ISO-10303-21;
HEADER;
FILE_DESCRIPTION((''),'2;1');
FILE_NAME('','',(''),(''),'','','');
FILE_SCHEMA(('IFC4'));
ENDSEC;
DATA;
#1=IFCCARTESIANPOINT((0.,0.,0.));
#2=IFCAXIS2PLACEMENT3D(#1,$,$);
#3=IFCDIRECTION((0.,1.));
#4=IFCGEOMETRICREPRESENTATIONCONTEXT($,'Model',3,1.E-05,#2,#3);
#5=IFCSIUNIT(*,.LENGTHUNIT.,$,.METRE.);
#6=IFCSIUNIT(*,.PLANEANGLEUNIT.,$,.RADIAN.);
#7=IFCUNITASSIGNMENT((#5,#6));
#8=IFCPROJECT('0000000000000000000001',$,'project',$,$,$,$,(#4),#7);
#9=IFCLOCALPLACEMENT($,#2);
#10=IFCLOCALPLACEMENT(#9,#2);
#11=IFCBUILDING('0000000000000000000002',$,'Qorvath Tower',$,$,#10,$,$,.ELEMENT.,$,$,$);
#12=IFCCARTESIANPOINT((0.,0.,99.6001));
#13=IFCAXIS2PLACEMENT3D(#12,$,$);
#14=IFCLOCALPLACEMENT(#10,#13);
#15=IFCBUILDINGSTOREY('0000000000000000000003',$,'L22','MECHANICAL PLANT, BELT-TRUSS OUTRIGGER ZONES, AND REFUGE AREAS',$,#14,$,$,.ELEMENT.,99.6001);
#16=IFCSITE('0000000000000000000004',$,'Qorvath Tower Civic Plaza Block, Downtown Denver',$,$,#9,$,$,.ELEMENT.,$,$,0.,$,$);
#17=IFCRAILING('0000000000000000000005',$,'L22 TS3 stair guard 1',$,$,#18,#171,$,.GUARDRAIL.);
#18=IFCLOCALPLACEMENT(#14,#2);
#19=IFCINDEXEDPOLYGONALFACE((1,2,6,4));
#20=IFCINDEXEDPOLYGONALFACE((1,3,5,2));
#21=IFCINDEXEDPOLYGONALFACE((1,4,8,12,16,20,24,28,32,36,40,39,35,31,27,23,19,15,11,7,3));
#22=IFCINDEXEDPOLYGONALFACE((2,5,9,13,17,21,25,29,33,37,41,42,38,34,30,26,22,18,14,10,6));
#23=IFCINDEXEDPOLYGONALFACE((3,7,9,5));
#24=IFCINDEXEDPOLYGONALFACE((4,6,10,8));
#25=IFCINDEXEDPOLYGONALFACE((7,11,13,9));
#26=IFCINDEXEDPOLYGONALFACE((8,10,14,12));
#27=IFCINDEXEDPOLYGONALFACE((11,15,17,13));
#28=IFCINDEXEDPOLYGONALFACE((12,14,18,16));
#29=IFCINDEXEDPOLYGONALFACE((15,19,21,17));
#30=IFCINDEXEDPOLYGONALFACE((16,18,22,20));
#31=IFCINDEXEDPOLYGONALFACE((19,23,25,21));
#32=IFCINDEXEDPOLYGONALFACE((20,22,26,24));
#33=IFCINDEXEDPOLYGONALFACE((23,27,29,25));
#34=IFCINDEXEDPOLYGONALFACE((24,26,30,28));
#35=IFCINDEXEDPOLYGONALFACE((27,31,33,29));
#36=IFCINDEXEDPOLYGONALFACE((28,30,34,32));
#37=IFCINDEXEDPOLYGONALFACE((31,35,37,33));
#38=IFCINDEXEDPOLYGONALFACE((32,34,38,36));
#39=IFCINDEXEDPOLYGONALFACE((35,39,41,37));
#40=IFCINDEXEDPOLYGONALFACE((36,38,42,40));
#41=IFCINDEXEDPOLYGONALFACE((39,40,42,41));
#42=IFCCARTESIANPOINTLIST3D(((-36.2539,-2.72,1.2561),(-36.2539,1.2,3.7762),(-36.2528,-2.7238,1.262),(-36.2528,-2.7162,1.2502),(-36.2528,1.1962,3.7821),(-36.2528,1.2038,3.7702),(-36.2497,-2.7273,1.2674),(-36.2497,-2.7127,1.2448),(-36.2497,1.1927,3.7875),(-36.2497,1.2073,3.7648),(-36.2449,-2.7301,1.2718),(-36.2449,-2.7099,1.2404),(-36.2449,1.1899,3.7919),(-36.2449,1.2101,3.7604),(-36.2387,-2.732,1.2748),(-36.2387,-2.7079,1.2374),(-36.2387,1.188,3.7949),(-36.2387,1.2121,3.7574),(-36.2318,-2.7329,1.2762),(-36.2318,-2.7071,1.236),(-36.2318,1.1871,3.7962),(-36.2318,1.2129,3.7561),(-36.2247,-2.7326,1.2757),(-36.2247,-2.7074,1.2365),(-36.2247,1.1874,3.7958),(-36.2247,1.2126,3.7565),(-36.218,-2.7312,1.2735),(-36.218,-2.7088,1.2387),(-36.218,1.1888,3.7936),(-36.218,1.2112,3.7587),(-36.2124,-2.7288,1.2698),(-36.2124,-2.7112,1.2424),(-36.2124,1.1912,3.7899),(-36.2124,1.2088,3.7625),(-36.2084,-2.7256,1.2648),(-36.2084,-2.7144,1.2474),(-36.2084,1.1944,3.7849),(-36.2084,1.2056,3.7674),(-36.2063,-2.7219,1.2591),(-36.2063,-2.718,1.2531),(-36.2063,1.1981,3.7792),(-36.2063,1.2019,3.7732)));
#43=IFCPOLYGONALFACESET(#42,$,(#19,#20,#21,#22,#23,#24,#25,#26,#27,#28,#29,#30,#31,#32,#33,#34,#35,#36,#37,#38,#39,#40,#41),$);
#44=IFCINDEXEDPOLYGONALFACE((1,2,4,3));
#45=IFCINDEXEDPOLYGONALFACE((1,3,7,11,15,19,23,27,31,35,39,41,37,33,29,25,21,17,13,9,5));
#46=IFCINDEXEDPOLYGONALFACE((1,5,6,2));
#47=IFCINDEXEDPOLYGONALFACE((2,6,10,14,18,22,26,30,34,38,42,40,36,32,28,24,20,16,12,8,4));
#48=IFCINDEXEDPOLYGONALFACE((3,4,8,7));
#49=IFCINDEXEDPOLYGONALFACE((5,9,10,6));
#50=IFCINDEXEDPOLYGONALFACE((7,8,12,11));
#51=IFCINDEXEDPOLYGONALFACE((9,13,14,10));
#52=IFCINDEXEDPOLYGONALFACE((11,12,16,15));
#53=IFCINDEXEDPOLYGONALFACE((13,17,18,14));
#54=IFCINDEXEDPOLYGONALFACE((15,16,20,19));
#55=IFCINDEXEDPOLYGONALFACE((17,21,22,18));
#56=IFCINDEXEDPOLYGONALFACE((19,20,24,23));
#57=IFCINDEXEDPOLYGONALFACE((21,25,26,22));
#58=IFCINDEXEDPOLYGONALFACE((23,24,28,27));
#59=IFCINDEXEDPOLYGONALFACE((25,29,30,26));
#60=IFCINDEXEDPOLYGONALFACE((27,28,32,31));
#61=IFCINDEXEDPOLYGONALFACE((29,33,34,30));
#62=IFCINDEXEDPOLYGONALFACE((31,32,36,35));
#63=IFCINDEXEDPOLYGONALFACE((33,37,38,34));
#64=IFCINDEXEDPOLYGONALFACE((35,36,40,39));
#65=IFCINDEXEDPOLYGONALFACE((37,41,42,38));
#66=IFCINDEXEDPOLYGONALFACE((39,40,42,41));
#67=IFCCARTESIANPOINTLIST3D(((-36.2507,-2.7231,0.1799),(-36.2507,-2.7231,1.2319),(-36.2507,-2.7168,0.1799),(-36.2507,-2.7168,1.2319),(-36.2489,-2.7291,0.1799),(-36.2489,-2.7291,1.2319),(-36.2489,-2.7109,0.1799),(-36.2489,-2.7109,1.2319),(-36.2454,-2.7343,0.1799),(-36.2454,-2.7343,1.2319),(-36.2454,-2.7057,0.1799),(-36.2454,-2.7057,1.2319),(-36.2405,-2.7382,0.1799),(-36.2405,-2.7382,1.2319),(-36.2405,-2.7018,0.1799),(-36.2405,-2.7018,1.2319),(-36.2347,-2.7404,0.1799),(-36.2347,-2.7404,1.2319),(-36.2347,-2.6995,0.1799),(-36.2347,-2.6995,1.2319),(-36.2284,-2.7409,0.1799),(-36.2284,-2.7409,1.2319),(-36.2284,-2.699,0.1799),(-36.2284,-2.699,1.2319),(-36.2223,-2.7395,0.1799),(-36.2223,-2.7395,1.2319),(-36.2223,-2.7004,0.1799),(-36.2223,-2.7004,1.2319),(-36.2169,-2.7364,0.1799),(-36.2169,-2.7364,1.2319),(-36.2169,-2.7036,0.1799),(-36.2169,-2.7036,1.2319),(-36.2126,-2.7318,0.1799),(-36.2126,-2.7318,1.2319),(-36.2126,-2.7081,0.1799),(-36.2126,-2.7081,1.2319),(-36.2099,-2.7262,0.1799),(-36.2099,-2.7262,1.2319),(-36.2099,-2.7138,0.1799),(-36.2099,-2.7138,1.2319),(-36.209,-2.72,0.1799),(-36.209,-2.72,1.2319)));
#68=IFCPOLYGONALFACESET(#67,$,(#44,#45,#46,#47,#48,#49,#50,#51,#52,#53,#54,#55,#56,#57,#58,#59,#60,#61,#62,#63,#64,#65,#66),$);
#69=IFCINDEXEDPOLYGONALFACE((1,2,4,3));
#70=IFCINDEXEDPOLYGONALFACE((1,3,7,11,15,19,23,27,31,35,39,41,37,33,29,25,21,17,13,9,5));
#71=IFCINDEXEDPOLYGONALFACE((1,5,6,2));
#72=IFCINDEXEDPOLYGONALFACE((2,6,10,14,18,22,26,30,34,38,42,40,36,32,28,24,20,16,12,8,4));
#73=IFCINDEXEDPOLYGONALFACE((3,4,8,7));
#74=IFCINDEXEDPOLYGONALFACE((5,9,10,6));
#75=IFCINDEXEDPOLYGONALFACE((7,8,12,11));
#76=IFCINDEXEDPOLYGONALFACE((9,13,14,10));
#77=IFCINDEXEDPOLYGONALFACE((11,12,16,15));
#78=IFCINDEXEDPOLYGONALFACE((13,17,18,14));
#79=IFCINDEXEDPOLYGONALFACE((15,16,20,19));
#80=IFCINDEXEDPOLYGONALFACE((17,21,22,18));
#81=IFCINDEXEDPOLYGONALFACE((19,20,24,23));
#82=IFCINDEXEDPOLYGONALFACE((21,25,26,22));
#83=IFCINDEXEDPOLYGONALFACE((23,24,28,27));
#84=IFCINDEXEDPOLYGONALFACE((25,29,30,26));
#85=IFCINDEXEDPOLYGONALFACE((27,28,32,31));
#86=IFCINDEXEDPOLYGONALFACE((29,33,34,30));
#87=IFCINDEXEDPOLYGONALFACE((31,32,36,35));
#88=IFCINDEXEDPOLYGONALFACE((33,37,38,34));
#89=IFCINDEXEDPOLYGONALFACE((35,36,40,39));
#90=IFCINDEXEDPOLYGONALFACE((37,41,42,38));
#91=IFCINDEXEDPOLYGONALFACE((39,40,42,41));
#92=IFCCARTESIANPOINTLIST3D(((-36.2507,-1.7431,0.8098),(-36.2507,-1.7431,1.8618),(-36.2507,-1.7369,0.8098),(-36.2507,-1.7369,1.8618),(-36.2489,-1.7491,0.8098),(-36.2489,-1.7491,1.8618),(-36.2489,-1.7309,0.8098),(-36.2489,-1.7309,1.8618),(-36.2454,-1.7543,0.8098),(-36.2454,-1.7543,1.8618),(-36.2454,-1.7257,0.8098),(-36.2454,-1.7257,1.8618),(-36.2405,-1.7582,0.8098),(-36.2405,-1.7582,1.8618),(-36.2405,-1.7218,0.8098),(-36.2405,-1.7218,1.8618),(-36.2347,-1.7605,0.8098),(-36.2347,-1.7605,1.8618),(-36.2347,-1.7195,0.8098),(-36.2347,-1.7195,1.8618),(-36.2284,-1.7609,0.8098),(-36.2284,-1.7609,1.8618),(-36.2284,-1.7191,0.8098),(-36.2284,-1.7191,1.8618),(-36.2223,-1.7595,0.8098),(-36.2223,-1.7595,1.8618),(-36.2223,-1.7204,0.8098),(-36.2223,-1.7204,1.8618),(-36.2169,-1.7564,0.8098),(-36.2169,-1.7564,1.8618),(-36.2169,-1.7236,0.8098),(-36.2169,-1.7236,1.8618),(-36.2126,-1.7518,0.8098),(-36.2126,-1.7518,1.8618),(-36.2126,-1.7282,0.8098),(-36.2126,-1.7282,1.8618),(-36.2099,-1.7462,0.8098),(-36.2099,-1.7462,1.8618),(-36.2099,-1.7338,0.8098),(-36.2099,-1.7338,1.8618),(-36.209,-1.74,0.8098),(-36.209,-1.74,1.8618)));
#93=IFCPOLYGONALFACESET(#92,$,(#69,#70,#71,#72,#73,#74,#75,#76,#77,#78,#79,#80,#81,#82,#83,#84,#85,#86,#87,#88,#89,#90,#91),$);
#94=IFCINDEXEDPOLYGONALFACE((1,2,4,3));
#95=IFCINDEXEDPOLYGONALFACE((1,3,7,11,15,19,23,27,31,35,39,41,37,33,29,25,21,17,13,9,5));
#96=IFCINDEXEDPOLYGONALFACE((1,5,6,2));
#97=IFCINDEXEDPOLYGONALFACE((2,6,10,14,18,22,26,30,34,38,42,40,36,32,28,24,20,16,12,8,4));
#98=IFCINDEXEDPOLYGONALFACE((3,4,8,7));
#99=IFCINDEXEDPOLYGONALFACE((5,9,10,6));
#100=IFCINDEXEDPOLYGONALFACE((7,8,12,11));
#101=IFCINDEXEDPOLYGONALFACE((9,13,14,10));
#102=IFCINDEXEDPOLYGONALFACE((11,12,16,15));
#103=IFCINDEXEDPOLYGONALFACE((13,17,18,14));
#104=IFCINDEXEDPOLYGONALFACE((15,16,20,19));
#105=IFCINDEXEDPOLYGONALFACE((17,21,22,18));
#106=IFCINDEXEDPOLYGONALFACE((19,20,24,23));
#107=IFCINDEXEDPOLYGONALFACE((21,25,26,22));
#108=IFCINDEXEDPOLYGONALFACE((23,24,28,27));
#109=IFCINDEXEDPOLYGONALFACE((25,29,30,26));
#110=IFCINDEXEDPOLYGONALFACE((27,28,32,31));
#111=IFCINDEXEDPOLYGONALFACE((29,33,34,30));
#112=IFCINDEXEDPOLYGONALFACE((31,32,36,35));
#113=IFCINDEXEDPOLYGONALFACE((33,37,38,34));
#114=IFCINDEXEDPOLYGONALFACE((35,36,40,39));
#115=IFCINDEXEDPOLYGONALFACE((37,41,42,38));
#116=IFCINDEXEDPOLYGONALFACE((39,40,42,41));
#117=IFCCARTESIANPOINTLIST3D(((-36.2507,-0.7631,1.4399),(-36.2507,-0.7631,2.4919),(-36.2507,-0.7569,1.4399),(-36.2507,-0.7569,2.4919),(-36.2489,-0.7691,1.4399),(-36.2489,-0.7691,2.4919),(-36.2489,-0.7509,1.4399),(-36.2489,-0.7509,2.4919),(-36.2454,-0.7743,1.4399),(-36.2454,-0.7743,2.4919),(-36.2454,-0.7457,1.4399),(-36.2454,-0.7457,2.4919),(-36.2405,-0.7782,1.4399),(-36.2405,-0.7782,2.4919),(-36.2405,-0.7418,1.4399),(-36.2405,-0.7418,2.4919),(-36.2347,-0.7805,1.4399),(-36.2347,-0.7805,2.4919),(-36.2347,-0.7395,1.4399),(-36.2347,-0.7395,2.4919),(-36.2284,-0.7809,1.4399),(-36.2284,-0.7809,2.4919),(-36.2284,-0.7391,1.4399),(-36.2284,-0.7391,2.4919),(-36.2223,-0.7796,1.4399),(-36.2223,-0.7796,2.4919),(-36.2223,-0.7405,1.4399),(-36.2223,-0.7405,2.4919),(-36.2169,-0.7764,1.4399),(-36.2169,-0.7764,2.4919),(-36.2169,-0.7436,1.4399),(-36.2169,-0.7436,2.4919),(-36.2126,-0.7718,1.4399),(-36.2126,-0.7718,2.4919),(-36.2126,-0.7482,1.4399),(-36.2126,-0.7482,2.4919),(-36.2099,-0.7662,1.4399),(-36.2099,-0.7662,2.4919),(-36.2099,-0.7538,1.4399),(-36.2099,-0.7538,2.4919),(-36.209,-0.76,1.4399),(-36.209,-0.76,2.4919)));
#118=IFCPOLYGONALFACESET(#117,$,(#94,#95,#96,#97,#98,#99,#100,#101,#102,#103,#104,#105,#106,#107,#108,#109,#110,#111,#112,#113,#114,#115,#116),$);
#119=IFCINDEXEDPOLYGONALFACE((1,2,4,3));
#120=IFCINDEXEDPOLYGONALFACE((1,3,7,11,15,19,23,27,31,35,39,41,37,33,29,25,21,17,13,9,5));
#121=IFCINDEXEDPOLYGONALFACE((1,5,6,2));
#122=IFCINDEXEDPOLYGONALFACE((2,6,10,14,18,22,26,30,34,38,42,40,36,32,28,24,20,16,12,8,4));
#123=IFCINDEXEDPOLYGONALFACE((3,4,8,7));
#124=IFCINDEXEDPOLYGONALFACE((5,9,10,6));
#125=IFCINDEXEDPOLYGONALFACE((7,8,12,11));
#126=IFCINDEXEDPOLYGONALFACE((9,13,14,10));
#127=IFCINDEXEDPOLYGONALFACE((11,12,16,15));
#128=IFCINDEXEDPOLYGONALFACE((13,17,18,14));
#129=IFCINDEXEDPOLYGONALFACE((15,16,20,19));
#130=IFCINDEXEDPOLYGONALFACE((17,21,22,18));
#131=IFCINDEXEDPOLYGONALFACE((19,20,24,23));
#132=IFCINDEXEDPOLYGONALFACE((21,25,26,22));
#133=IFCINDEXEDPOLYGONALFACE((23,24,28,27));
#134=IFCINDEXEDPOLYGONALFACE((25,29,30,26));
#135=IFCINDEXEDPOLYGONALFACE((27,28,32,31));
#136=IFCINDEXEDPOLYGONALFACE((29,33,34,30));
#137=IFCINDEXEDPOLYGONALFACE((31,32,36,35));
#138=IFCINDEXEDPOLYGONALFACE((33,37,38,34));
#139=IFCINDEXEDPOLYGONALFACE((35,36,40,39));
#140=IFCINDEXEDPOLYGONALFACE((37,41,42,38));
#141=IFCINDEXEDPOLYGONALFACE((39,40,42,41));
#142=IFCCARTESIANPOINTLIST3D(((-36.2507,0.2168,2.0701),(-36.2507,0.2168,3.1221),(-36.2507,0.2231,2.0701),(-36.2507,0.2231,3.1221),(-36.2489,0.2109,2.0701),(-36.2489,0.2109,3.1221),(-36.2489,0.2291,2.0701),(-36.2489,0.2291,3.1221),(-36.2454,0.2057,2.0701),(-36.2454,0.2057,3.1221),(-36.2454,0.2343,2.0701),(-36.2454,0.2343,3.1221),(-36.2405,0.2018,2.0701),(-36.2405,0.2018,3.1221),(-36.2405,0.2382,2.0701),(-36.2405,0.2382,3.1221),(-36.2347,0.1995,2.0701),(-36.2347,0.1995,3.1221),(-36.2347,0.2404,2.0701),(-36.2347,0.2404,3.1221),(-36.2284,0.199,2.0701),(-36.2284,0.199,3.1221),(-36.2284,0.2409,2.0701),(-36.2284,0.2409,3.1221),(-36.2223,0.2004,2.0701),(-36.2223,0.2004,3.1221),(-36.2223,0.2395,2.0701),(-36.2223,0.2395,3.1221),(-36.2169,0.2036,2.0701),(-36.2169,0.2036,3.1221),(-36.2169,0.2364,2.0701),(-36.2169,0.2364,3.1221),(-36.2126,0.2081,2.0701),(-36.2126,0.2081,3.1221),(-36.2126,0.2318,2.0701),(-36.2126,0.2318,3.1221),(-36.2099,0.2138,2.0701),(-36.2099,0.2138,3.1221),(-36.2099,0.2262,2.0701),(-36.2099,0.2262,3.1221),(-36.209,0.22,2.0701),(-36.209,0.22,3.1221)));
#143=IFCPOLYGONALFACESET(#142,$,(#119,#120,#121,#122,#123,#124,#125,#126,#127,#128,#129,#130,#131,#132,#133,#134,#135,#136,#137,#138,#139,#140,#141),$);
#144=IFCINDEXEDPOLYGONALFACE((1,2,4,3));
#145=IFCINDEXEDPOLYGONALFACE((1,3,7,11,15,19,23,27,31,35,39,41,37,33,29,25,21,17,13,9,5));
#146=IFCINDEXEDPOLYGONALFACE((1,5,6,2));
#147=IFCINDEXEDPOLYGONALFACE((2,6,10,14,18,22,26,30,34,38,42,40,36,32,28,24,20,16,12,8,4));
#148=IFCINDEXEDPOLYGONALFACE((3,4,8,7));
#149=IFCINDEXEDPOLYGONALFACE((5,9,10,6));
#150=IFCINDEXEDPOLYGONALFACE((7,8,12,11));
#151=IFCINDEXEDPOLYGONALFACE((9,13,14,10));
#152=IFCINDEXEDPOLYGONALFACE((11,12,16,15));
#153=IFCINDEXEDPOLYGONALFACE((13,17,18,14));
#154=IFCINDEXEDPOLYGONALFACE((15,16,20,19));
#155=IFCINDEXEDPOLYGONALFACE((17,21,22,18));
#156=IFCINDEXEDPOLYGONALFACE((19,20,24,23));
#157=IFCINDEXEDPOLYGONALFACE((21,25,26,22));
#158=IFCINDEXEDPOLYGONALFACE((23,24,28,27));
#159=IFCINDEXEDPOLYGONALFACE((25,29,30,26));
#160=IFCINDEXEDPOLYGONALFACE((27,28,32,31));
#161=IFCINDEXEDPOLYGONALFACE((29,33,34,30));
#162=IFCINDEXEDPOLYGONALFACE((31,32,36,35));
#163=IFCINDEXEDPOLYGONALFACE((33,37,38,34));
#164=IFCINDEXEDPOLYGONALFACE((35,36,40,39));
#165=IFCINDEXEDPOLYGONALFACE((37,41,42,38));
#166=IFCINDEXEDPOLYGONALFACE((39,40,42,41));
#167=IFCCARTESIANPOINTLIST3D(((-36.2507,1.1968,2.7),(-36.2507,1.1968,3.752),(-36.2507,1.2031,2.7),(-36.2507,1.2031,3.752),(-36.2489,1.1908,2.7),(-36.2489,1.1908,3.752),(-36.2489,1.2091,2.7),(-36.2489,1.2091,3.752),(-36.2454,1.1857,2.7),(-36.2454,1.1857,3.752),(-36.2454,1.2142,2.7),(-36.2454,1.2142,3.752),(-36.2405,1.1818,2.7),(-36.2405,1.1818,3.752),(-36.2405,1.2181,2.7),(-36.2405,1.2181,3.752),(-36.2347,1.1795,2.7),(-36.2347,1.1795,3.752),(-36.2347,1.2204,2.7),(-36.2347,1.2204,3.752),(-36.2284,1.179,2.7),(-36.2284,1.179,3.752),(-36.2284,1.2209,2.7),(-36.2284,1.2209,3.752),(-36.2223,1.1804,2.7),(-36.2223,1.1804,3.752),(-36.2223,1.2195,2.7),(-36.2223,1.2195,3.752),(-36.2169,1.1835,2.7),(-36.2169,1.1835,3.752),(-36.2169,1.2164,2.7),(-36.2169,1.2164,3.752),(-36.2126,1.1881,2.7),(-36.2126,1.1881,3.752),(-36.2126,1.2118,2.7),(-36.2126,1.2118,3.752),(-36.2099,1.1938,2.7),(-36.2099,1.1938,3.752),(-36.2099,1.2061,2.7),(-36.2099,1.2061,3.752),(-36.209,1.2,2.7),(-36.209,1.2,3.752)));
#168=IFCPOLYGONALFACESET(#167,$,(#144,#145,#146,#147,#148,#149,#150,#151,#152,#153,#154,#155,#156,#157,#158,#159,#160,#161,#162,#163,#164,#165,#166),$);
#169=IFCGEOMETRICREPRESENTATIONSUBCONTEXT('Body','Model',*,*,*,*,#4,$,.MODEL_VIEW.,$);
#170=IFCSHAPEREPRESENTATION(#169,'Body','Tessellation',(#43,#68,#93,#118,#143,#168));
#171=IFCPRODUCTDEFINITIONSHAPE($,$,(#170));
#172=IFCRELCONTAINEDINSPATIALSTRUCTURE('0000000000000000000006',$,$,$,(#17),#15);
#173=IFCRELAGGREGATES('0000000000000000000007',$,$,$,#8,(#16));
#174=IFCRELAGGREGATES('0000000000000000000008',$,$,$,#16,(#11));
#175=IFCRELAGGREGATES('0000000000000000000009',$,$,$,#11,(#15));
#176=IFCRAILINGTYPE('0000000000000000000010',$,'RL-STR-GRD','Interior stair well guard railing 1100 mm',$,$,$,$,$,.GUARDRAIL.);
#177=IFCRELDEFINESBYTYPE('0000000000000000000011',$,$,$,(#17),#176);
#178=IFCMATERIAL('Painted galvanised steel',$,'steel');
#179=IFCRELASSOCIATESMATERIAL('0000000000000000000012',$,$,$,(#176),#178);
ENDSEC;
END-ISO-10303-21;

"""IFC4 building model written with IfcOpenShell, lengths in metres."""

from ifc_helpers import new_model, si_unit, direction, frame, origin, origin_2d, place, context, subcontext, project, spatial, circle, extrude, material, type_object, element, save


model = new_model("IFC4")

# Units and contexts
model_context = context("Model", 3, precision=1e-05, world=origin(), true_north=direction((0.0, 1.0)))
body_context = subcontext(model_context, "Body", "Model", "MODEL_VIEW")
ifc_project = project(units=[si_unit("LENGTHUNIT", "METRE"), si_unit("PLANEANGLEUNIT", "RADIAN")], contexts=[model_context])

# Site, building, storey
site_placement = place(None, origin())
site = spatial("IfcSite", under=ifc_project, at=site_placement, Name="Qorvath Tower Civic Plaza Block, Downtown Denver", CompositionType="ELEMENT", RefElevation=0.0)
building_placement = place(site_placement, origin())
building = spatial("IfcBuilding", under=site, at=building_placement, Name="Qorvath Tower", CompositionType="ELEMENT")
storey_placement = place(building_placement, frame((0.0, 0.0, 99.6001)))
storey = spatial("IfcBuildingStorey", under=building, at=storey_placement, Name="L22", Description="MECHANICAL PLANT, BELT-TRUSS OUTRIGGER ZONES, AND REFUGE AREAS", CompositionType="ELEMENT", Elevation=99.6001)

# Railing
ifc_material_1 = material(Name="Painted galvanised steel", Category="steel")
railing_type_1 = type_object("IfcRailingType", Name="RL-STR-GRD", Description="Interior stair well guard railing 1100 mm", PredefinedType="GUARDRAIL", material=ifc_material_1)
railing_1_placement = place(storey_placement, frame((-36.23, -2.72, 0.1799)))
element("IfcRailing", 1, at=railing_1_placement, inside=storey, type_object=railing_type_1, Name="L22 TS3 stair guard 1", PredefinedType="GUARDRAIL", context=body_context, shape_type="SweptSolid", body=[
    extrude(circle(Radius=0.0239, at=origin_2d()), frame((0.0, 0.0, 1.0762), z_axis=(0.0, 0.841172, 0.540768), x_axis=(-1.0, 0.0, 0.0)), (0.0, 0.0, 1.0), 4.6602),
    extrude(circle(Radius=0.021, at=origin_2d()), origin(), (0.0, 0.0, 1.0), 1.052),
    extrude(circle(Radius=0.021, at=origin_2d()), frame((0.0, 0.98, 0.6299)), (0.0, 0.0, 1.0), 1.052),
    extrude(circle(Radius=0.021, at=origin_2d()), frame((0.0, 1.96, 1.26)), (0.0, 0.0, 1.0), 1.052),
    extrude(circle(Radius=0.021, at=origin_2d()), frame((0.0, 2.9399, 1.8901)), (0.0, 0.0, 1.0), 1.052),
    extrude(circle(Radius=0.021, at=origin_2d()), frame((0.0, 3.9199, 2.52)), (0.0, 0.0, 1.0), 1.052),
])

save(model, "model.ifc")
